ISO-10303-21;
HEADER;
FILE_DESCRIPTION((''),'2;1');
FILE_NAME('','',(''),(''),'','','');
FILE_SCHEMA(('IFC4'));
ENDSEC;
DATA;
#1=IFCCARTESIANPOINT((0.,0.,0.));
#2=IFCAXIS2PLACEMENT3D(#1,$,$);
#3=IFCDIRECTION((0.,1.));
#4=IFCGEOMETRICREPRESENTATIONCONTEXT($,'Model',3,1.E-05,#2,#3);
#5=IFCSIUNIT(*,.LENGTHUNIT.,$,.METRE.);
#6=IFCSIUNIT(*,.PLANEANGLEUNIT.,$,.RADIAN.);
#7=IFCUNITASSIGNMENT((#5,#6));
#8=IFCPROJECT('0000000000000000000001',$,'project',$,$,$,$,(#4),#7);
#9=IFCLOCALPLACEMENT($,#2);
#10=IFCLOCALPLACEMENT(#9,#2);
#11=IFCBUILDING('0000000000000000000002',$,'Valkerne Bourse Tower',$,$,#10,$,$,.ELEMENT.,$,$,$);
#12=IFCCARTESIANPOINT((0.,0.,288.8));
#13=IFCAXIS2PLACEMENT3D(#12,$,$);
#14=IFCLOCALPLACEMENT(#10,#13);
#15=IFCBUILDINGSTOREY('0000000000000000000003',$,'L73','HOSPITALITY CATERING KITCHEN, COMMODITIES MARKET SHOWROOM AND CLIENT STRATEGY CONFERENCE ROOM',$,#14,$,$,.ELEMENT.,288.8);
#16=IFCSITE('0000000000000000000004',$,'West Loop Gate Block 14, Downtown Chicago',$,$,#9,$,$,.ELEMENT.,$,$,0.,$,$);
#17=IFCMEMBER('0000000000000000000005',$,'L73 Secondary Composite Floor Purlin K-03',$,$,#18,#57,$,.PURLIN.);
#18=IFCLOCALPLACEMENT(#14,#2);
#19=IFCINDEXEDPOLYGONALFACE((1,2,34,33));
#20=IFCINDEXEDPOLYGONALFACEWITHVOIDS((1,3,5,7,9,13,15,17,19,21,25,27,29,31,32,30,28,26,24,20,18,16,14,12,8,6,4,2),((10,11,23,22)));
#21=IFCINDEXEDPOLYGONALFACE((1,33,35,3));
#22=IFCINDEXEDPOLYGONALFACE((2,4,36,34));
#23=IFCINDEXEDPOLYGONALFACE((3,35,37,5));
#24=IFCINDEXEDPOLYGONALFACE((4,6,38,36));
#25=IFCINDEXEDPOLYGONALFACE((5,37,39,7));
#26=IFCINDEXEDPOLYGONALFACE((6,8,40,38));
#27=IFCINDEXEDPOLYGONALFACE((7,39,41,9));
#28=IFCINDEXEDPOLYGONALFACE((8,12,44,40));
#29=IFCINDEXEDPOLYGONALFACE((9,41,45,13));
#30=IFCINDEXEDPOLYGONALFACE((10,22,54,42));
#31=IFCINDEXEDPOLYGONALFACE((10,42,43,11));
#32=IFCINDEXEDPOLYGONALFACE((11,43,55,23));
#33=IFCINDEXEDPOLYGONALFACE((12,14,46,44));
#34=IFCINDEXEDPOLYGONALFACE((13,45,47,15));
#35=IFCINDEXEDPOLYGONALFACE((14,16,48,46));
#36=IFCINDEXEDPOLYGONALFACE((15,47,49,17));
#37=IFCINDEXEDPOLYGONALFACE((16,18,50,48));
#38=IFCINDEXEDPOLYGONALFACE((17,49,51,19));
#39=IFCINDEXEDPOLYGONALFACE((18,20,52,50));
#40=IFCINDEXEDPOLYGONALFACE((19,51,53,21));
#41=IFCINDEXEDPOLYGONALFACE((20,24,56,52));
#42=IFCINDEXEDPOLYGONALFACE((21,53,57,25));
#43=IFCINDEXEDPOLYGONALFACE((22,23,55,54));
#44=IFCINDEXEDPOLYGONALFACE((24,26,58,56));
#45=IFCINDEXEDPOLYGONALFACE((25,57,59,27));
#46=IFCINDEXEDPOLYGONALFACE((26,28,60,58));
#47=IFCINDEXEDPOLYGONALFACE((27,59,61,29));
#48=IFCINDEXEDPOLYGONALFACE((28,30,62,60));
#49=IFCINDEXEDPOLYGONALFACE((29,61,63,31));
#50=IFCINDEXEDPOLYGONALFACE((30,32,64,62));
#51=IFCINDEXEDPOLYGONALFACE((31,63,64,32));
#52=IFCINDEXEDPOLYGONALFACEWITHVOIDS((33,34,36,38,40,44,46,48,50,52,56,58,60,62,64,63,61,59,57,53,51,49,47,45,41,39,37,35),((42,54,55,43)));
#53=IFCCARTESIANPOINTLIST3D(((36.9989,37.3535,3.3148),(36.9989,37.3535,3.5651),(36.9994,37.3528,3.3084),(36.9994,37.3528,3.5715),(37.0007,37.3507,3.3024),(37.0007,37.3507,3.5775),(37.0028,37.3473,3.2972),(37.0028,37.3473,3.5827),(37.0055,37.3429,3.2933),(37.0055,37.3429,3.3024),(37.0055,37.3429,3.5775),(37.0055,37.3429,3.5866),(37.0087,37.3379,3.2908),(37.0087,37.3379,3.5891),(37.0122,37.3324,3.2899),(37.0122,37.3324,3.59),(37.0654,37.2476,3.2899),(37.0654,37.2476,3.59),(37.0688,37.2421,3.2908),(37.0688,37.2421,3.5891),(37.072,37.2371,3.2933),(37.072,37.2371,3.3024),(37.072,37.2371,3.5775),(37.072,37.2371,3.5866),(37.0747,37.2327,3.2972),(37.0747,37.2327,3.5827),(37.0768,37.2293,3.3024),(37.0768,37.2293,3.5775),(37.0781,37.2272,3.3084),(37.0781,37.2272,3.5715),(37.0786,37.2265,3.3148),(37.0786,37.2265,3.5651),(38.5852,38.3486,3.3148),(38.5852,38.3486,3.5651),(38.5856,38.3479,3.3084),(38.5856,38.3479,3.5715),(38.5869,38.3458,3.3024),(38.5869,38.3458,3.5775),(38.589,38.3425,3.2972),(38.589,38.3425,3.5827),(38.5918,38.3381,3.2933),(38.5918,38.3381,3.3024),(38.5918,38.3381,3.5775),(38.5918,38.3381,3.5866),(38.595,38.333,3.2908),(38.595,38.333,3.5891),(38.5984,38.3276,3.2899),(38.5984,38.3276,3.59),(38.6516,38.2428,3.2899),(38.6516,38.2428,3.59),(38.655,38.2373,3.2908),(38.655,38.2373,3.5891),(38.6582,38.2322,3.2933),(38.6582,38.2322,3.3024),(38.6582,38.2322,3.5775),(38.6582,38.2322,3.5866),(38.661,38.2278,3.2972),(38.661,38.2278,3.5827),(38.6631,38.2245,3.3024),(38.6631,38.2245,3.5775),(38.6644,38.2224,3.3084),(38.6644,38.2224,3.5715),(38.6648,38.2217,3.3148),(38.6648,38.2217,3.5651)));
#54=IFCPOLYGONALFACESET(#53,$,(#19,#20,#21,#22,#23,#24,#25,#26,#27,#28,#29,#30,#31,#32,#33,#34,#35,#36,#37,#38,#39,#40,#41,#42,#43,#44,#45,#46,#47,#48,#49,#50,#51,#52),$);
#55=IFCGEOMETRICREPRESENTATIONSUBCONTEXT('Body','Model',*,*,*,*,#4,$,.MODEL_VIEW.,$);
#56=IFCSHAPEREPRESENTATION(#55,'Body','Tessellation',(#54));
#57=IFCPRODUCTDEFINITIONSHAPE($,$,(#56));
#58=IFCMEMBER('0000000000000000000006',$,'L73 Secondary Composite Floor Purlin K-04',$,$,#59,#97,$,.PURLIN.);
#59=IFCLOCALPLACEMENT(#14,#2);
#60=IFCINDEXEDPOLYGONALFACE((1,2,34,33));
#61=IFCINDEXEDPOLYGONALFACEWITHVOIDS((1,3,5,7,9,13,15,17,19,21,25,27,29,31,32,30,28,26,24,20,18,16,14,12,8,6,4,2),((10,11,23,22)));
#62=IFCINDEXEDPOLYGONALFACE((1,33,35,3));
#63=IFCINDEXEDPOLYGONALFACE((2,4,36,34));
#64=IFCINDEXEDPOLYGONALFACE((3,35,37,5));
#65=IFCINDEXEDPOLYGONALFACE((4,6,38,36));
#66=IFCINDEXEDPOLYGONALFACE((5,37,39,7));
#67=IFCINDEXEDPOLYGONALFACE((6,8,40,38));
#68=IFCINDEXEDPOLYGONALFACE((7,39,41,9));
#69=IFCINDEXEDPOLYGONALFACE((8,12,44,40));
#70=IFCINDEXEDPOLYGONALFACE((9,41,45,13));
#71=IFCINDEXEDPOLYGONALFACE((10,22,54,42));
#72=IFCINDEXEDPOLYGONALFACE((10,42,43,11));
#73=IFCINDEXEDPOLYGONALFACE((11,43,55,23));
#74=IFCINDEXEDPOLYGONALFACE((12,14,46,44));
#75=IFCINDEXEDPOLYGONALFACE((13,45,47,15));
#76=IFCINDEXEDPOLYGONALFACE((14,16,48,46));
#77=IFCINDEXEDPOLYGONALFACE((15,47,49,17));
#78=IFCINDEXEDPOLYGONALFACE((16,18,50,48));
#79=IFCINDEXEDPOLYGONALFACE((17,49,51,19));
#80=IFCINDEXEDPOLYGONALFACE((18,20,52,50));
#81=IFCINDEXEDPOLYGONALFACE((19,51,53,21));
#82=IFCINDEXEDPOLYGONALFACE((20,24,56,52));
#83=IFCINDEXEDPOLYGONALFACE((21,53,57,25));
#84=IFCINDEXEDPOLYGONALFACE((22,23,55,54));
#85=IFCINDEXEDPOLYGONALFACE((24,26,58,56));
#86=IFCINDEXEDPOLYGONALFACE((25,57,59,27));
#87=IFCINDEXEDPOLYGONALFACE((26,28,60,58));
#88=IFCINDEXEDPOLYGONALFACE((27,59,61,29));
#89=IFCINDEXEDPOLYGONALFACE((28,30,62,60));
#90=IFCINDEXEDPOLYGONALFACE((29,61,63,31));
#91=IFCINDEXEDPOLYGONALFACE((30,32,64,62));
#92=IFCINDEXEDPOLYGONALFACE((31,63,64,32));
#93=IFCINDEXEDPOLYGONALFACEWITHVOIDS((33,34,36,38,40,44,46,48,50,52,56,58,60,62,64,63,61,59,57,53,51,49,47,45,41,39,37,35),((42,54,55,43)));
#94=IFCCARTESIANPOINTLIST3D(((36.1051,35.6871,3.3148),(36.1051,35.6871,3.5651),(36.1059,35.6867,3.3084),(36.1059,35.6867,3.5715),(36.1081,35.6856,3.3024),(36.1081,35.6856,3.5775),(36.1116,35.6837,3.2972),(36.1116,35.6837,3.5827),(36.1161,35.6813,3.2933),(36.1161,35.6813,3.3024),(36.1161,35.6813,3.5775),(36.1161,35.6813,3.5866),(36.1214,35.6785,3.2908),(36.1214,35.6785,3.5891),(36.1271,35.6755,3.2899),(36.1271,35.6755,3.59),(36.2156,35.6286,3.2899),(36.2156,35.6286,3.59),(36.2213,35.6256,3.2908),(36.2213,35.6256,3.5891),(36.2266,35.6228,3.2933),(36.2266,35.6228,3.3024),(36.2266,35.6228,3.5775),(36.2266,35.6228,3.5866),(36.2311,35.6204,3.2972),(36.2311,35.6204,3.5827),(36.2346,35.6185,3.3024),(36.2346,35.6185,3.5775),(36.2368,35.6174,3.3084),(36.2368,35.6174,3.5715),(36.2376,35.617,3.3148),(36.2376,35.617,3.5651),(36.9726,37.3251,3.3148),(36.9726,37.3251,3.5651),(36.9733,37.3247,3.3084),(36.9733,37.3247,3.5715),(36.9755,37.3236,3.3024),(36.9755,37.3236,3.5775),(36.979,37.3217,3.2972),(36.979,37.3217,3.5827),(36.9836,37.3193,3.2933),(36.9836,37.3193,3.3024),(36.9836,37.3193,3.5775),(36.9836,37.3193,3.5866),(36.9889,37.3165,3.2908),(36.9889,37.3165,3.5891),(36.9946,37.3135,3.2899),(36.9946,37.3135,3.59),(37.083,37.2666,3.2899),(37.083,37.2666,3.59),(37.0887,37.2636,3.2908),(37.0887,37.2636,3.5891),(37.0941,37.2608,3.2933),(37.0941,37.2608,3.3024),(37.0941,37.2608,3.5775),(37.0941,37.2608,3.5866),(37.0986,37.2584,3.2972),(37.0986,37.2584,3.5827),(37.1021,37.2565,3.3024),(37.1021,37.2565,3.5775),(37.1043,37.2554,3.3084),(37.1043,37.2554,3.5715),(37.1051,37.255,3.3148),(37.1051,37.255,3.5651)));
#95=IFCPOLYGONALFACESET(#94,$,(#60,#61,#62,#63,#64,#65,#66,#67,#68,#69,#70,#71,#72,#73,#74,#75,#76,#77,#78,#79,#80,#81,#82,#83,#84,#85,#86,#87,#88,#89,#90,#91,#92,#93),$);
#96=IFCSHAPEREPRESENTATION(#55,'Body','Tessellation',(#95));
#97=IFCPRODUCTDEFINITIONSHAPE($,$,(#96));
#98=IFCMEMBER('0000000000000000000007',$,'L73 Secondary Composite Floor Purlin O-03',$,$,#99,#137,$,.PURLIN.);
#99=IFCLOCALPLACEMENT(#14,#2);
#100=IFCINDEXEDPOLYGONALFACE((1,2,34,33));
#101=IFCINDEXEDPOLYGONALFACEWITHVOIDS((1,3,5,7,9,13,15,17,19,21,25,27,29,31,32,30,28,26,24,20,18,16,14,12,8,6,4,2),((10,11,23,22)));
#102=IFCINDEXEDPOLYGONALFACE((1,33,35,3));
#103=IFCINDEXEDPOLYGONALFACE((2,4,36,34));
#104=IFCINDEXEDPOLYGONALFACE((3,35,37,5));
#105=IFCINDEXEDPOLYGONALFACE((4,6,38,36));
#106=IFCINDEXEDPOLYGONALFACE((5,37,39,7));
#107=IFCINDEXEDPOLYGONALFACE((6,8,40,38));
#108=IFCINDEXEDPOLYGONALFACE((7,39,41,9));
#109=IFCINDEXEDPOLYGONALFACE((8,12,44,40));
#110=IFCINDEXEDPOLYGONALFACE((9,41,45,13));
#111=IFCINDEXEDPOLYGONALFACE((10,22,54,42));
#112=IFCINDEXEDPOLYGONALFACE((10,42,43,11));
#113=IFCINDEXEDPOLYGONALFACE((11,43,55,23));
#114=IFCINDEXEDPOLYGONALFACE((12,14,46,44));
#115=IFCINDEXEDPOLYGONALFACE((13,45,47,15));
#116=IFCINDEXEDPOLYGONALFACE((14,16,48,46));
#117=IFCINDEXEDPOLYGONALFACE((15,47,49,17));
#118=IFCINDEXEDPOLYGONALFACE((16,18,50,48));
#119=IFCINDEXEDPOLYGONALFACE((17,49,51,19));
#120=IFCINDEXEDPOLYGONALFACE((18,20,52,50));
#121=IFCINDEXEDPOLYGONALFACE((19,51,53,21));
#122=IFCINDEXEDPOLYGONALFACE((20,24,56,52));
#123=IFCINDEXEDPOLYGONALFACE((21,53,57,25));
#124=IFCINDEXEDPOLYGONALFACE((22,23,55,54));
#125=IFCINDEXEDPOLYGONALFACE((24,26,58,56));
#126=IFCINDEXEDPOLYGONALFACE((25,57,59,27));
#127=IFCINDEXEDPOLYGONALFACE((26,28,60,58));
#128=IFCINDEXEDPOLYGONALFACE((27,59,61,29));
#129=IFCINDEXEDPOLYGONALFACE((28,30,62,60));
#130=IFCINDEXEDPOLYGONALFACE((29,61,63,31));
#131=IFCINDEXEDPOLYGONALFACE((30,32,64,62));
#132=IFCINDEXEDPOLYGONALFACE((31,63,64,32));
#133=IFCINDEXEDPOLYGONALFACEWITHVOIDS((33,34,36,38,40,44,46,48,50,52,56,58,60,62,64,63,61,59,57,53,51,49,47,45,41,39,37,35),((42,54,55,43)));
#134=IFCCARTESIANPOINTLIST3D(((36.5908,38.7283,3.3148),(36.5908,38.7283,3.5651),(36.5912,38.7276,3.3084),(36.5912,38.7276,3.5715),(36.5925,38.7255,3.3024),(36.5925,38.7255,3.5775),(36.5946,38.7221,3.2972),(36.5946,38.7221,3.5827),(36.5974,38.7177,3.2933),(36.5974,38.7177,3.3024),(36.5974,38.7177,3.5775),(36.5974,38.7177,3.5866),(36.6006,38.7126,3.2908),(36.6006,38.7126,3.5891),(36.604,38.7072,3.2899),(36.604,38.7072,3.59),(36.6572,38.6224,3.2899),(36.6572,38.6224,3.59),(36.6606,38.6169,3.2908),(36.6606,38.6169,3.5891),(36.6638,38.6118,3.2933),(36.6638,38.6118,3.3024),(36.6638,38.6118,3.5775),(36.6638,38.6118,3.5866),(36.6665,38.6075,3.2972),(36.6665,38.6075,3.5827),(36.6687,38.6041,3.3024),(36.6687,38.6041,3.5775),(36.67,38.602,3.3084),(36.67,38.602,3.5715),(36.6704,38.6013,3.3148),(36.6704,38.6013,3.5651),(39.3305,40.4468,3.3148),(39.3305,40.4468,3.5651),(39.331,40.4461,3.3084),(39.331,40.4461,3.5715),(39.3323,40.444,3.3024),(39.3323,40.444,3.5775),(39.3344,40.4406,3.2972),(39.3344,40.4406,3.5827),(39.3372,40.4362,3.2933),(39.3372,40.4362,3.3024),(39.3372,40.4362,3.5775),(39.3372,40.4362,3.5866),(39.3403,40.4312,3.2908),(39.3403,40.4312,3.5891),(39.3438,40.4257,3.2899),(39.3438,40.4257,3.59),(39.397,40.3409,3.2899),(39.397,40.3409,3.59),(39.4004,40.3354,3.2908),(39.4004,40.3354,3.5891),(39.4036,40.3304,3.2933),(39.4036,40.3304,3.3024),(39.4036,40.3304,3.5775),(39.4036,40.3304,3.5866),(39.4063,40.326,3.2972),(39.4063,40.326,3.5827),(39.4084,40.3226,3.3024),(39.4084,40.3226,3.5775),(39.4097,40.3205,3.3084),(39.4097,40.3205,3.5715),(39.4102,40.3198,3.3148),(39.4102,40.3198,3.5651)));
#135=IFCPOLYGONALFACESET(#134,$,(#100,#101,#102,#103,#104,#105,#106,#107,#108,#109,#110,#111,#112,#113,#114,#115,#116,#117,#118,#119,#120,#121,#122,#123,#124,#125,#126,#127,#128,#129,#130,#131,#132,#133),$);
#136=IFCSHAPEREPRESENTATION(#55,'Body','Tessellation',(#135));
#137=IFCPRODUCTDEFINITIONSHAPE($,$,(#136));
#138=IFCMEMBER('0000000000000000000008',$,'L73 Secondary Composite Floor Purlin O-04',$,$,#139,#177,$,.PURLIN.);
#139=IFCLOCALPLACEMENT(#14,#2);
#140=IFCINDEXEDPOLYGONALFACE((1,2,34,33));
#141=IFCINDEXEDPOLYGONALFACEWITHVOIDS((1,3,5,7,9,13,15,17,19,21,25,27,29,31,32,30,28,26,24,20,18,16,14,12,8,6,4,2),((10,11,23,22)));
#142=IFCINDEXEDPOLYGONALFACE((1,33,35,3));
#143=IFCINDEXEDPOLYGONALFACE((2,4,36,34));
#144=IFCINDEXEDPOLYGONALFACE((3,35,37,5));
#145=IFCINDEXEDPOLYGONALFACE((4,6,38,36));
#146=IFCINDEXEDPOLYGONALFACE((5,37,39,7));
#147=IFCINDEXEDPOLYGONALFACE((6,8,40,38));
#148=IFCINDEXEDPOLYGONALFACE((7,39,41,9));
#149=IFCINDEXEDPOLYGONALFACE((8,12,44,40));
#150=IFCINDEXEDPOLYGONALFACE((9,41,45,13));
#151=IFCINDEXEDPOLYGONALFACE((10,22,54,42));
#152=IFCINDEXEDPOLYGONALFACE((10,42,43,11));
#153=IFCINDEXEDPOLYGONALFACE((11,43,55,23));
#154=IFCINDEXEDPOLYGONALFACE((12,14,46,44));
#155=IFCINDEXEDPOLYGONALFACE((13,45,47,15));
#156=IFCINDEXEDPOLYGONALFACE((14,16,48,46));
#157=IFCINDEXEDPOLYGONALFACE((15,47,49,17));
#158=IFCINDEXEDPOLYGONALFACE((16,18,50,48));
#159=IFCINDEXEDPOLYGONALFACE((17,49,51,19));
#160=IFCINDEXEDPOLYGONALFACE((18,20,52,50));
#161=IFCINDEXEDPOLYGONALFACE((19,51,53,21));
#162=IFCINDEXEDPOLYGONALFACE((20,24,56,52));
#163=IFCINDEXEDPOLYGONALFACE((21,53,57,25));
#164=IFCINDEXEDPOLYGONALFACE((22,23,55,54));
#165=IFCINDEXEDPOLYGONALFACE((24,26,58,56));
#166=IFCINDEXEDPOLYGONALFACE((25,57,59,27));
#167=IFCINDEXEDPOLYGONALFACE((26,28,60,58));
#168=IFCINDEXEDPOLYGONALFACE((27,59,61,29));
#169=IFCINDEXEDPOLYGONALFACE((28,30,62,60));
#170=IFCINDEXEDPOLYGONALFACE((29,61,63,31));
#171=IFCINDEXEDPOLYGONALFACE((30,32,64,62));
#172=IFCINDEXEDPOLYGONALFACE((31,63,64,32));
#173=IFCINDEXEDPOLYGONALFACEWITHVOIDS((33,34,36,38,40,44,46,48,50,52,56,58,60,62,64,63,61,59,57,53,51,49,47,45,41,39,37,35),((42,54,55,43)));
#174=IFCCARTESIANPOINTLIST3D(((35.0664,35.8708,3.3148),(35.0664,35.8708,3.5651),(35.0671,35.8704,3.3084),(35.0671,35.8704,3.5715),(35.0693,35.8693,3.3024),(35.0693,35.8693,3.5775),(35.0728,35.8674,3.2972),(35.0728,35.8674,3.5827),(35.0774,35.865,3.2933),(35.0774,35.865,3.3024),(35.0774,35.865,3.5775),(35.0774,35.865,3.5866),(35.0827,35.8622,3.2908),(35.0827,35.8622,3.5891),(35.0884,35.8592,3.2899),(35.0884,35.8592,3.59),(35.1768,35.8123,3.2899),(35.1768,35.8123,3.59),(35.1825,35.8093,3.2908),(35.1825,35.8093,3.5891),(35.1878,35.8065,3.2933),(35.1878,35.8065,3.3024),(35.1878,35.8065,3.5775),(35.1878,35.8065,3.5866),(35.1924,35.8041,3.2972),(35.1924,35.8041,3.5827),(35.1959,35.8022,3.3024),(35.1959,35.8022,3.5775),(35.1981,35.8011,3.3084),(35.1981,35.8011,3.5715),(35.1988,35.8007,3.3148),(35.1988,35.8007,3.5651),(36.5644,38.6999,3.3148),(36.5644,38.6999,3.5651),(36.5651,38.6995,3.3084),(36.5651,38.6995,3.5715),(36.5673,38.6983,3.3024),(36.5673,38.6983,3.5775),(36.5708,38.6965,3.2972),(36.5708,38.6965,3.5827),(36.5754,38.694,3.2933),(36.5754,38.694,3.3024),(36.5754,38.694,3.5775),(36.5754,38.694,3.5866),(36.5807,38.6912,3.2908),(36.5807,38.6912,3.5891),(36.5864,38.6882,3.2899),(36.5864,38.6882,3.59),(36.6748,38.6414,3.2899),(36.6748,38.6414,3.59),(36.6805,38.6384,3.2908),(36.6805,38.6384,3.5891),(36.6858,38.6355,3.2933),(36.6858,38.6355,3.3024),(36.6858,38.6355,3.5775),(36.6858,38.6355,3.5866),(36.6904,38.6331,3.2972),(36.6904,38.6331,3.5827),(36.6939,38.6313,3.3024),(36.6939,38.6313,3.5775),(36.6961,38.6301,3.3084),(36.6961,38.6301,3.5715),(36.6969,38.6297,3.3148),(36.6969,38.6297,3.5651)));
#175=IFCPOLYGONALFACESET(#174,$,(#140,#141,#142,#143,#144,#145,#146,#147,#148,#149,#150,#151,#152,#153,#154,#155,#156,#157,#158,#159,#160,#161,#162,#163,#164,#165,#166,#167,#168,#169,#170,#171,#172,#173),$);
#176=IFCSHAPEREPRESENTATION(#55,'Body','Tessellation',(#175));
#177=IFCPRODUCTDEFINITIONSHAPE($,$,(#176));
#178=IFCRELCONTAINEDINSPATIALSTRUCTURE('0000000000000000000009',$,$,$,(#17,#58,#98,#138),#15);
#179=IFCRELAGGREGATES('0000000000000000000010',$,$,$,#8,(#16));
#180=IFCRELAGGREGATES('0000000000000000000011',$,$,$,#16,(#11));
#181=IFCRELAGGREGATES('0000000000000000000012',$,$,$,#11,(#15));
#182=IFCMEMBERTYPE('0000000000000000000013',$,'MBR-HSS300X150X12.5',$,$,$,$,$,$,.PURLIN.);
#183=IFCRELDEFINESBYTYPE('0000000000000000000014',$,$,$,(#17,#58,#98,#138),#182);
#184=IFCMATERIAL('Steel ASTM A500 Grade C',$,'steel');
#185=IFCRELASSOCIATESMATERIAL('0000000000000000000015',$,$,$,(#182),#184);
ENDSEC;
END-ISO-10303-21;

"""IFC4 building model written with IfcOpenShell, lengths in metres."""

from ifc_helpers import new_model, si_unit, direction, frame, origin, origin_2d, place, context, subcontext, project, spatial, hollow_rectangle, extrude, material, material_profile, profile_set, type_object, element, save


model = new_model("IFC4")

# Units and contexts
model_context = context("Model", 3, precision=1e-05, world=origin(), true_north=direction((0.0, 1.0)))
body_context = subcontext(model_context, "Body", "Model", "MODEL_VIEW")
ifc_project = project(units=[si_unit("LENGTHUNIT", "METRE"), si_unit("PLANEANGLEUNIT", "RADIAN")], contexts=[model_context])

# Site, building, storey
site_placement = place(None, origin())
site = spatial("IfcSite", under=ifc_project, at=site_placement, Name="West Loop Gate Block 14, Downtown Chicago", CompositionType="ELEMENT", RefElevation=0.0)
building_placement = place(site_placement, origin())
building = spatial("IfcBuilding", under=site, at=building_placement, Name="Valkerne Bourse Tower", CompositionType="ELEMENT")
storey_placement = place(building_placement, frame((0.0, 0.0, 288.8)))
storey = spatial("IfcBuildingStorey", under=building, at=storey_placement, Name="L73", Description="HOSPITALITY CATERING KITCHEN, COMMODITIES MARKET SHOWROOM AND CLIENT STRATEGY CONFERENCE ROOM", CompositionType="ELEMENT", Elevation=288.8)

# Members
ifc_material_1 = material(Name="Steel ASTM A500 Grade C", Category="steel")
ifc_material_profile_1 = material_profile(ifc_material_1, hollow_rectangle(XDim=0.1499, YDim=0.3, WallThickness=0.0125, OuterFilletRadius=0.0249, at=origin_2d()), Name="HSS300X150X12.5")
ifc_profile_set_1 = profile_set([ifc_material_profile_1], Name="Steel ASTM A500 Grade C")
member_type_1 = type_object("IfcMemberType", Name="MBR-HSS300X150X12.5", PredefinedType="PURLIN", material=ifc_profile_set_1)
member_1_placement = place(storey_placement, frame((38.625, 38.2852, 3.4399), z_axis=(-0.847096, -0.53144, 0.0), x_axis=(0.53144, -0.847096, 0.0)))
element("IfcMember", 1, at=member_1_placement, inside=storey, type_object=member_type_1, Name="L73 Secondary Composite Floor Purlin K-03", PredefinedType="PURLIN", context=body_context, shape_type="SweptSolid", body=[
    extrude(hollow_rectangle(XDim=0.1499, YDim=0.3, WallThickness=0.0125, OuterFilletRadius=0.0249, at=origin_2d()), origin(), (0.0, 0.0, 1.0), 1.8726),
])
member_2_placement = place(storey_placement, frame((37.0388, 37.29, 3.4399), z_axis=(-0.468009, -0.883724, 0.0), x_axis=(0.883724, -0.468009, 0.0)))
element("IfcMember", 2, at=member_2_placement, inside=storey, type_object=member_type_1, Name="L73 Secondary Composite Floor Purlin K-04", PredefinedType="PURLIN", context=body_context, shape_type="SweptSolid", body=[
    extrude(hollow_rectangle(XDim=0.1499, YDim=0.3, WallThickness=0.0125, OuterFilletRadius=0.0249, at=origin_2d()), origin(), (0.0, 0.0, 1.0), 1.8535),
])
member_3_placement = place(storey_placement, frame((39.3704, 40.3833, 3.4399), z_axis=(-0.847141, -0.531369, 0.0), x_axis=(0.531369, -0.847141, 0.0)))
element("IfcMember", 3, at=member_3_placement, inside=storey, type_object=member_type_1, Name="L73 Secondary Composite Floor Purlin O-03", PredefinedType="PURLIN", context=body_context, shape_type="SweptSolid", body=[
    extrude(hollow_rectangle(XDim=0.1499, YDim=0.3, WallThickness=0.0125, OuterFilletRadius=0.0249, at=origin_2d()), origin(), (0.0, 0.0, 1.0), 3.2341),
])
member_4_placement = place(storey_placement, frame((36.6306, 38.6648, 3.4399), z_axis=(-0.467958, -0.883751, 0.0), x_axis=(0.883751, -0.467958, 0.0)))
element("IfcMember", 4, at=member_4_placement, inside=storey, type_object=member_type_1, Name="L73 Secondary Composite Floor Purlin O-04", PredefinedType="PURLIN", context=body_context, shape_type="SweptSolid", body=[
    extrude(hollow_rectangle(XDim=0.1499, YDim=0.3, WallThickness=0.0125, OuterFilletRadius=0.0249, at=origin_2d()), origin(), (0.0, 0.0, 1.0), 3.2012),
])

save(model, "model.ifc")
